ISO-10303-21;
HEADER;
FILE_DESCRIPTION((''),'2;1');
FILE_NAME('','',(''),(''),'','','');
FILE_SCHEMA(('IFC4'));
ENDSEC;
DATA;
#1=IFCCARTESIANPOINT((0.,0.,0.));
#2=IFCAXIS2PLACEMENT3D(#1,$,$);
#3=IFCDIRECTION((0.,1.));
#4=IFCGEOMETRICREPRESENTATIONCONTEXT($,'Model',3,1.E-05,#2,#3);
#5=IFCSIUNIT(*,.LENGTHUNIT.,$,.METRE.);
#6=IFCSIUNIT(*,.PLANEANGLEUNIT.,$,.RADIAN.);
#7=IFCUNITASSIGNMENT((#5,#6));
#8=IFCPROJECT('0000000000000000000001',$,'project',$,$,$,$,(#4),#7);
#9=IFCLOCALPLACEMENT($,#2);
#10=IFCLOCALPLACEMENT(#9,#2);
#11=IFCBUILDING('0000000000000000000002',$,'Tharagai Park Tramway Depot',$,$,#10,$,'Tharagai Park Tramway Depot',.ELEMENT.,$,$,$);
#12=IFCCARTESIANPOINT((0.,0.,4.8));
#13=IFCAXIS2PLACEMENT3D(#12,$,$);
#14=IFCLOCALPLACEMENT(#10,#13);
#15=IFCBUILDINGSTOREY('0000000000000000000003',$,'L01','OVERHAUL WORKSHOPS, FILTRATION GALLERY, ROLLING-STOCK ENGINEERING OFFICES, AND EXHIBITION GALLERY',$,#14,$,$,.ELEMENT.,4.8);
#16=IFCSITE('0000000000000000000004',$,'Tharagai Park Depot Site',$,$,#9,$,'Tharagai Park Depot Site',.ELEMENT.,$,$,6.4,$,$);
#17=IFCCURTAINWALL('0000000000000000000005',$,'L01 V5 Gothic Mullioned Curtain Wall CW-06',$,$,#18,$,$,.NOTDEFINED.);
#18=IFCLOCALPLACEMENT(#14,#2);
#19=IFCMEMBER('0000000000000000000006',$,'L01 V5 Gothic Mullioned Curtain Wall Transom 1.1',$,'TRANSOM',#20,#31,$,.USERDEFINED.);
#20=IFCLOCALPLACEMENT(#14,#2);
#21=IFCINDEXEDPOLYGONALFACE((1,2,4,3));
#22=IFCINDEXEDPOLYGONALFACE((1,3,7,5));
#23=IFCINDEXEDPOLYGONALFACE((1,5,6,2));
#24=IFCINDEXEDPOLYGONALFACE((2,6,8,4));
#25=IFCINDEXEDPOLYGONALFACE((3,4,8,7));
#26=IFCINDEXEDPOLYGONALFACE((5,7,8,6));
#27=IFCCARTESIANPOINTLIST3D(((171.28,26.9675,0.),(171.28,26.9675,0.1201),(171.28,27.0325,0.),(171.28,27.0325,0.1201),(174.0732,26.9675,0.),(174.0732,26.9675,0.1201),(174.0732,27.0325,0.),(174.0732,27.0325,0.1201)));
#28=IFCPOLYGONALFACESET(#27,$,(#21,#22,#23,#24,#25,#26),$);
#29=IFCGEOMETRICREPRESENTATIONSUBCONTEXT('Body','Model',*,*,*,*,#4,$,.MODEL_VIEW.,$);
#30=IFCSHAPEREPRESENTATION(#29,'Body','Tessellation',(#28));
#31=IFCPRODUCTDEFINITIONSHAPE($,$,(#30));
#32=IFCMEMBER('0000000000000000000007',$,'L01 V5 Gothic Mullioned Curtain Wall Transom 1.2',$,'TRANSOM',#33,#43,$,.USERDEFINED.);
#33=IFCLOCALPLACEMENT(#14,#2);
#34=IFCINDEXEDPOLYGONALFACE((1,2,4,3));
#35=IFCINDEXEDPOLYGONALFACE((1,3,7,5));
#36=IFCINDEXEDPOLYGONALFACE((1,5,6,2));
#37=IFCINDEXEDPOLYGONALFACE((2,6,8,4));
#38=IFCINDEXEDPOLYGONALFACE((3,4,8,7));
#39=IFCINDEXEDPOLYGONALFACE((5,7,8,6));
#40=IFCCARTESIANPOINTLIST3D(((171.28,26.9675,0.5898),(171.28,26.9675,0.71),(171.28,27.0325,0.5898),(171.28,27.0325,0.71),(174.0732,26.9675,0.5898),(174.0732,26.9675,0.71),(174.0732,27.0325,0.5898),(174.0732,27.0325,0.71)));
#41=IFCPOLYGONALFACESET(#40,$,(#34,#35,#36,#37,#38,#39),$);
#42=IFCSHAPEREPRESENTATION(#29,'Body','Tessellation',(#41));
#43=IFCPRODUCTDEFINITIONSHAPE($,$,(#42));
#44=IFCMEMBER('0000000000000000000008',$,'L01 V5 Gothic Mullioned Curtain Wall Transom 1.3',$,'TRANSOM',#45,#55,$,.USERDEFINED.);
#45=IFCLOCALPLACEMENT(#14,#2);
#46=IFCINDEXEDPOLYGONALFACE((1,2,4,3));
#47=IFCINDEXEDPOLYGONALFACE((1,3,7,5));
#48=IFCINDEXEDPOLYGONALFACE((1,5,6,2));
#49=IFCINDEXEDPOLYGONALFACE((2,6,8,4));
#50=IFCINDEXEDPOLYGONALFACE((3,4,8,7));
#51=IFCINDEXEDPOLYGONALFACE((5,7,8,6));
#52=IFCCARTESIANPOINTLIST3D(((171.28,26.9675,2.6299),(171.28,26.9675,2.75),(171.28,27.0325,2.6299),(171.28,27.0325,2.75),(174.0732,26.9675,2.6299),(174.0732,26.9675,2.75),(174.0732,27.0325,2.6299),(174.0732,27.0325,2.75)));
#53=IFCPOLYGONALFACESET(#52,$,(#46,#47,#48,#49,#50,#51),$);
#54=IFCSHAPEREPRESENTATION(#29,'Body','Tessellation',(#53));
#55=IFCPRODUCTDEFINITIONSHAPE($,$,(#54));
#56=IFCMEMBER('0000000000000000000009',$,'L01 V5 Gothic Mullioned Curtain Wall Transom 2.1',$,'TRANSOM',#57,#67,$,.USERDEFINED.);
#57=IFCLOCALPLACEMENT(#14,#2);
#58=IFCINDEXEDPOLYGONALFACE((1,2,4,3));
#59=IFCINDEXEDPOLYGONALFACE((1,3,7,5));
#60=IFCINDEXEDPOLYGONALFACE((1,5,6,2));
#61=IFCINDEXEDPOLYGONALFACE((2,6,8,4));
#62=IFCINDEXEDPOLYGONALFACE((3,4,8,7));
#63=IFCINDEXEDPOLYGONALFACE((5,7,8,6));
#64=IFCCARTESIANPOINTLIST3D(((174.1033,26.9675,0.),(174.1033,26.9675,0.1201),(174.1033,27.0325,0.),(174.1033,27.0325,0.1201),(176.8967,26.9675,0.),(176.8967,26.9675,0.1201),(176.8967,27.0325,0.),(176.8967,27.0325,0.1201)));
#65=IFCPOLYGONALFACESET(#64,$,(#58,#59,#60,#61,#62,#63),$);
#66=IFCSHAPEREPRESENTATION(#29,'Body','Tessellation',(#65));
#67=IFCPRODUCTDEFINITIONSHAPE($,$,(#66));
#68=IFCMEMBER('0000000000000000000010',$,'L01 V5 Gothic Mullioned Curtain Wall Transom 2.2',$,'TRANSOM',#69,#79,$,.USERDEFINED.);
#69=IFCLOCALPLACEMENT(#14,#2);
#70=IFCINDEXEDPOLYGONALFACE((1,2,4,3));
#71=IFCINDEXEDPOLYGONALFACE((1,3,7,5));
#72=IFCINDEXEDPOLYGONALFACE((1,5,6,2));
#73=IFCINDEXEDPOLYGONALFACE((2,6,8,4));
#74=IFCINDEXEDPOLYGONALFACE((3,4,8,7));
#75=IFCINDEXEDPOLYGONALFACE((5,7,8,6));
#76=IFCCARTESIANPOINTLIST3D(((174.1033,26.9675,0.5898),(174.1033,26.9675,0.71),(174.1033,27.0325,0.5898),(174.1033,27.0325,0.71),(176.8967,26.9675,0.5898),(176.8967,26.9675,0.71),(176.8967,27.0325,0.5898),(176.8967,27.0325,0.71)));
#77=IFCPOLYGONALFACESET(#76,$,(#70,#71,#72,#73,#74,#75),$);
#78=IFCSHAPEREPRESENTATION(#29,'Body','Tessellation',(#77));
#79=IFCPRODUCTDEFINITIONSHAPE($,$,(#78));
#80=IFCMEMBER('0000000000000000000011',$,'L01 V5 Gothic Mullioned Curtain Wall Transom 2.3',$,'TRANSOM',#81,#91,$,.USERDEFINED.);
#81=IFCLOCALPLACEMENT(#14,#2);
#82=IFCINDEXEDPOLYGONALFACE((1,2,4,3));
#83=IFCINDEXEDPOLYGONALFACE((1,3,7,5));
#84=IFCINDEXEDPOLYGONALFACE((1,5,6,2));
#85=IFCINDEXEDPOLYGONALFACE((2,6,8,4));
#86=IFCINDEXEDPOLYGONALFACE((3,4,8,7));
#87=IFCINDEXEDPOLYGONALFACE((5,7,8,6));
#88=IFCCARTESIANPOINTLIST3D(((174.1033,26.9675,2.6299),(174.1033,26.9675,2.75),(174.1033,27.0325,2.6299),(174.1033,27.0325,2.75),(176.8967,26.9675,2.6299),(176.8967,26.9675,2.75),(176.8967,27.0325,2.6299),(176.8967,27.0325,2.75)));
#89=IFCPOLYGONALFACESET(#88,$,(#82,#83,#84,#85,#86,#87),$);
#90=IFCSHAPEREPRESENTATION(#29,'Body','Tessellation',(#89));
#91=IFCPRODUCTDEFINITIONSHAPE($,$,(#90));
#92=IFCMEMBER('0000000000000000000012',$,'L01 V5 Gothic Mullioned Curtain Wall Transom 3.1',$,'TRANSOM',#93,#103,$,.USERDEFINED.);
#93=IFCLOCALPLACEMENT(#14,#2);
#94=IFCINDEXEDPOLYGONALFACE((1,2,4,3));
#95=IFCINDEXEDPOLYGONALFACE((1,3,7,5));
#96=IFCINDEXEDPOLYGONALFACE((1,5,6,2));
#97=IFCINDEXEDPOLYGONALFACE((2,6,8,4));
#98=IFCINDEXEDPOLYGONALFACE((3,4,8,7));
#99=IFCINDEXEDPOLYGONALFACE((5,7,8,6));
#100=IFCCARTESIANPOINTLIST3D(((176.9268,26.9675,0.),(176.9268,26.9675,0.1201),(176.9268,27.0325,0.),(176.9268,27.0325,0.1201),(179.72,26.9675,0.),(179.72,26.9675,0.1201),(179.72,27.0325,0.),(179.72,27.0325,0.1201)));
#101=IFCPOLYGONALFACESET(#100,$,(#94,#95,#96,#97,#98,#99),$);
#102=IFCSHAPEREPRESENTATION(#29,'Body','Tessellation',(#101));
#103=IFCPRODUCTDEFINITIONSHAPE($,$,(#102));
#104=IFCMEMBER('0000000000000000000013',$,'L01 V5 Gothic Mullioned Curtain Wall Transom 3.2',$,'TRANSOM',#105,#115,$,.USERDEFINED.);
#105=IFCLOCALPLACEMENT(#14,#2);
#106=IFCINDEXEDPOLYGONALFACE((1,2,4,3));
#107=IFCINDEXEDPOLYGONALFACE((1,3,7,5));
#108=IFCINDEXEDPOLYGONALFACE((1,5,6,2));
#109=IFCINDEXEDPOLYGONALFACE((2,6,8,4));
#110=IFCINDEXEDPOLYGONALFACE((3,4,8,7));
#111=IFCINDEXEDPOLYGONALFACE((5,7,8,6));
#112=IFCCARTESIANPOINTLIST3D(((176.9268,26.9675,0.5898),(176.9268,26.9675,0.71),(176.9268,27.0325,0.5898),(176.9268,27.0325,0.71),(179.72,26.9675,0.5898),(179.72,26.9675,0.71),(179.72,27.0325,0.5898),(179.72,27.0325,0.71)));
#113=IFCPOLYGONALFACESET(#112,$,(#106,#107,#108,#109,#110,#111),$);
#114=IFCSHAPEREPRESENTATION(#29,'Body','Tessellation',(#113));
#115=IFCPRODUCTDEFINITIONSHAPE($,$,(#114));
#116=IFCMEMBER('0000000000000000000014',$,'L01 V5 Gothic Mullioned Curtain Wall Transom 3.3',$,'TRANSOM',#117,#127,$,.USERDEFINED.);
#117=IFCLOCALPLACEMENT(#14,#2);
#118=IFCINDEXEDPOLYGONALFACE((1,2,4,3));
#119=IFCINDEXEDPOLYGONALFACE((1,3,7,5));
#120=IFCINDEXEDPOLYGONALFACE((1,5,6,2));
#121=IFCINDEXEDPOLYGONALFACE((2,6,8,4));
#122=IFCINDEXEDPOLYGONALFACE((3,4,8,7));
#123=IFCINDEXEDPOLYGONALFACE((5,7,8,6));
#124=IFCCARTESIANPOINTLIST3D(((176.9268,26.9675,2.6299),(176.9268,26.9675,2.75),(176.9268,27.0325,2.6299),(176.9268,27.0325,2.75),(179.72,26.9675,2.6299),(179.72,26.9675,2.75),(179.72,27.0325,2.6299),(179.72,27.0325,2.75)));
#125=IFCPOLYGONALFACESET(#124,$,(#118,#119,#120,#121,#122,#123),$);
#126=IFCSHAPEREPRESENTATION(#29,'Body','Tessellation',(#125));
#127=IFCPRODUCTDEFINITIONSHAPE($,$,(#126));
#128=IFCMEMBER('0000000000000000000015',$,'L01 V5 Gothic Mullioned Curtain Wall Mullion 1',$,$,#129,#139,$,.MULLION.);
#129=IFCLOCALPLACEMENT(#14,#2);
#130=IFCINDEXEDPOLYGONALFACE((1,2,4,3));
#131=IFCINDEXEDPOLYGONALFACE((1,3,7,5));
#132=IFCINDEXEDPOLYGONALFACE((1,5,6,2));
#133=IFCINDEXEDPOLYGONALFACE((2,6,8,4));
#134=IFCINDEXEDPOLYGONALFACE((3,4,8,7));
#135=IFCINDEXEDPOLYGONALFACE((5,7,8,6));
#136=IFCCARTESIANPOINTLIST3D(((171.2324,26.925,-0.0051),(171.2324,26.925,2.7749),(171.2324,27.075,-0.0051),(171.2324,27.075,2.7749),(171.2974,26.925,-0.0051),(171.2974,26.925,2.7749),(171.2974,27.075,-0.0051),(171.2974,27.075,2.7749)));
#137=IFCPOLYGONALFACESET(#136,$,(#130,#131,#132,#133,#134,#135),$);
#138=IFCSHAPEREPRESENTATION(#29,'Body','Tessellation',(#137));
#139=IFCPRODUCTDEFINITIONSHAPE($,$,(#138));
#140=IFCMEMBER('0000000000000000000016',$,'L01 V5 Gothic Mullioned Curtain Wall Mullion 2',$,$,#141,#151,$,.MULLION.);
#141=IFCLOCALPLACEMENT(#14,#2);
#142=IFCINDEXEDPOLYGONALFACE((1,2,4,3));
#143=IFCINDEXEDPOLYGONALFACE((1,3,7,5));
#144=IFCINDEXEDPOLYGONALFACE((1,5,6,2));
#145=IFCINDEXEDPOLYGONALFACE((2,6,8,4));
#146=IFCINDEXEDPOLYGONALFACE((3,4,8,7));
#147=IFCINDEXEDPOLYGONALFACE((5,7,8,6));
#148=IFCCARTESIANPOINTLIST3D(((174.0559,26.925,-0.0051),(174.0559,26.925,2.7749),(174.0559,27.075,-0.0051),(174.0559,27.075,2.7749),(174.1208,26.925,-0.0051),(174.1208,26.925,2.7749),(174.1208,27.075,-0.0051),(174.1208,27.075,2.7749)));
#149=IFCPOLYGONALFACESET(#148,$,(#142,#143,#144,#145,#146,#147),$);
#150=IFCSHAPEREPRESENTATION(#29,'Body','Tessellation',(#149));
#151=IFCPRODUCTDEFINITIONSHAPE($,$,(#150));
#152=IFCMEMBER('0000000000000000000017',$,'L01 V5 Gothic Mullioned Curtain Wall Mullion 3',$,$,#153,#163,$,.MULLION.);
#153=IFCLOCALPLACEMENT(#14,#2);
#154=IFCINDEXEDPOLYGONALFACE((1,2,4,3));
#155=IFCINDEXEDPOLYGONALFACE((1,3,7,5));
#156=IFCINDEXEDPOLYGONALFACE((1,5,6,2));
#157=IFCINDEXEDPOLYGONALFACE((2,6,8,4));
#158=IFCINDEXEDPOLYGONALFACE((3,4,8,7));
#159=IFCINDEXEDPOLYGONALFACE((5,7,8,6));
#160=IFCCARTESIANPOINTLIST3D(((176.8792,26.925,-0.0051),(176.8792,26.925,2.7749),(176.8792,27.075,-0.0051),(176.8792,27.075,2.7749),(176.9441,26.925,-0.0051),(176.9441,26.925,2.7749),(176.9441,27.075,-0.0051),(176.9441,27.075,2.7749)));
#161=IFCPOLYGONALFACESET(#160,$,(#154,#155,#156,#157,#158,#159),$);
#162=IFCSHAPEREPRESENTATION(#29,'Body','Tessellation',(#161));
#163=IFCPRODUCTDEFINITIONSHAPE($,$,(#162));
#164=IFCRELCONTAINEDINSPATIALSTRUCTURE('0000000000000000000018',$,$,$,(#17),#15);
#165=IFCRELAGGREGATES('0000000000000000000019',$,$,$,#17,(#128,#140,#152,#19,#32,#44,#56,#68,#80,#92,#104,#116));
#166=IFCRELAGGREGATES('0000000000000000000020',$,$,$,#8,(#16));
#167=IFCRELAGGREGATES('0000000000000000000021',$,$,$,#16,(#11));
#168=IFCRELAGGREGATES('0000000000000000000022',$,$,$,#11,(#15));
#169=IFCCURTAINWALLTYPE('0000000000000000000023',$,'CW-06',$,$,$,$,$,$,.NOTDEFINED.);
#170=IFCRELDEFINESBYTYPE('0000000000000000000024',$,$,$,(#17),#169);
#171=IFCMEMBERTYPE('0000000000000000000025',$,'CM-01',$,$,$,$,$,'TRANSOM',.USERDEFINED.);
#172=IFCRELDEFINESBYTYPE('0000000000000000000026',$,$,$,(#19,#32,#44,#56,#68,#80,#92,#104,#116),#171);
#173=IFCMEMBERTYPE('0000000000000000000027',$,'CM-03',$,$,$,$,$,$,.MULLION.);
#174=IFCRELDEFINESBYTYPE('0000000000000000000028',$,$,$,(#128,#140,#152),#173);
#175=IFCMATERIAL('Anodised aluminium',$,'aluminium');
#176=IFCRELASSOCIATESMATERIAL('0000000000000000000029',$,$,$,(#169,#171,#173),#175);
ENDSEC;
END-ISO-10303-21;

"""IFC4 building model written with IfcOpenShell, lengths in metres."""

from ifc_helpers import new_model, si_unit, direction, frame, origin, origin_2d, place, context, subcontext, project, spatial, rectangle, extrude, material, material_profile, profile_set, type_object, element, aggregate, save


model = new_model("IFC4")

# Units and contexts
model_context = context("Model", 3, precision=1e-05, world=origin(), true_north=direction((0.0, 1.0)))
body_context = subcontext(model_context, "Body", "Model", "MODEL_VIEW")
ifc_project = project(units=[si_unit("LENGTHUNIT", "METRE"), si_unit("PLANEANGLEUNIT", "RADIAN")], contexts=[model_context])

# Site, building, storey
site_placement = place(None, origin())
site = spatial("IfcSite", under=ifc_project, at=site_placement, Name="Tharagai Park Depot Site", LongName="Tharagai Park Depot Site", CompositionType="ELEMENT", RefElevation=6.4)
building_placement = place(site_placement, origin())
building = spatial("IfcBuilding", under=site, at=building_placement, Name="Tharagai Park Tramway Depot", LongName="Tharagai Park Tramway Depot", CompositionType="ELEMENT")
storey_placement = place(building_placement, frame((0.0, 0.0, 4.8)))
storey = spatial("IfcBuildingStorey", under=building, at=storey_placement, Name="L01", Description="OVERHAUL WORKSHOPS, FILTRATION GALLERY, ROLLING-STOCK ENGINEERING OFFICES, AND EXHIBITION GALLERY", CompositionType="ELEMENT", Elevation=4.8)

# Curtain wall, members
ifc_material_1 = material(Name="Anodised aluminium", Category="aluminium")
curtain_wall_type = type_object("IfcCurtainWallType", Name="CW-06", PredefinedType="NOTDEFINED", material=ifc_material_1)
curtain_wall_placement = place(storey_placement, origin())
curtain_wall = element("IfcCurtainWall", 1, at=curtain_wall_placement, inside=storey, type_object=curtain_wall_type, Name="L01 V5 Gothic Mullioned Curtain Wall CW-06", PredefinedType="NOTDEFINED")
ifc_material_profile_1 = material_profile(ifc_material_1, rectangle(XDim=0.0649, YDim=0.1201, at=origin_2d()), Name="ALU 65x120")
ifc_profile_set_1 = profile_set([ifc_material_profile_1], Name="Anodised aluminium")
member_type_1 = type_object("IfcMemberType", Name="CM-01", ElementType="TRANSOM", PredefinedType="USERDEFINED", material=ifc_profile_set_1)
member_1_placement = place(storey_placement, frame((171.28, 27.0, 0.0601), z_axis=(1.0, 0.0, 0.0), x_axis=(0.0, 1.0, 0.0)))
member_1 = element("IfcMember", 2, at=member_1_placement, type_object=member_type_1, Name="L01 V5 Gothic Mullioned Curtain Wall Transom 1.1", ObjectType="TRANSOM", PredefinedType="USERDEFINED", context=body_context, shape_type="SweptSolid", body=[
    extrude(rectangle(XDim=0.0649, YDim=0.1201, at=origin_2d()), origin(), (0.0, 0.0, 1.0), 2.7932),
])
member_2_placement = place(storey_placement, frame((171.28, 27.0, 0.6499), z_axis=(1.0, 0.0, 0.0), x_axis=(0.0, 1.0, 0.0)))
member_2 = element("IfcMember", 3, at=member_2_placement, type_object=member_type_1, Name="L01 V5 Gothic Mullioned Curtain Wall Transom 1.2", ObjectType="TRANSOM", PredefinedType="USERDEFINED", context=body_context, shape_type="SweptSolid", body=[
    extrude(rectangle(XDim=0.0649, YDim=0.1201, at=origin_2d()), origin(), (0.0, 0.0, 1.0), 2.7932),
])
member_3_placement = place(storey_placement, frame((171.28, 27.0, 2.6899), z_axis=(1.0, 0.0, 0.0), x_axis=(0.0, 1.0, 0.0)))
member_3 = element("IfcMember", 4, at=member_3_placement, type_object=member_type_1, Name="L01 V5 Gothic Mullioned Curtain Wall Transom 1.3", ObjectType="TRANSOM", PredefinedType="USERDEFINED", context=body_context, shape_type="SweptSolid", body=[
    extrude(rectangle(XDim=0.0649, YDim=0.1201, at=origin_2d()), origin(), (0.0, 0.0, 1.0), 2.7932),
])
member_4_placement = place(storey_placement, frame((174.1033, 27.0, 0.0601), z_axis=(1.0, 0.0, 0.0), x_axis=(0.0, 1.0, 0.0)))
member_4 = element("IfcMember", 5, at=member_4_placement, type_object=member_type_1, Name="L01 V5 Gothic Mullioned Curtain Wall Transom 2.1", ObjectType="TRANSOM", PredefinedType="USERDEFINED", context=body_context, shape_type="SweptSolid", body=[
    extrude(rectangle(XDim=0.0649, YDim=0.1201, at=origin_2d()), origin(), (0.0, 0.0, 1.0), 2.7935),
])
member_5_placement = place(storey_placement, frame((174.1033, 27.0, 0.6499), z_axis=(1.0, 0.0, 0.0), x_axis=(0.0, 1.0, 0.0)))
member_5 = element("IfcMember", 6, at=member_5_placement, type_object=member_type_1, Name="L01 V5 Gothic Mullioned Curtain Wall Transom 2.2", ObjectType="TRANSOM", PredefinedType="USERDEFINED", context=body_context, shape_type="SweptSolid", body=[
    extrude(rectangle(XDim=0.0649, YDim=0.1201, at=origin_2d()), origin(), (0.0, 0.0, 1.0), 2.7935),
])
member_6_placement = place(storey_placement, frame((174.1033, 27.0, 2.6899), z_axis=(1.0, 0.0, 0.0), x_axis=(0.0, 1.0, 0.0)))
member_6 = element("IfcMember", 7, at=member_6_placement, type_object=member_type_1, Name="L01 V5 Gothic Mullioned Curtain Wall Transom 2.3", ObjectType="TRANSOM", PredefinedType="USERDEFINED", context=body_context, shape_type="SweptSolid", body=[
    extrude(rectangle(XDim=0.0649, YDim=0.1201, at=origin_2d()), origin(), (0.0, 0.0, 1.0), 2.7935),
])
member_7_placement = place(storey_placement, frame((176.9268, 27.0, 0.0601), z_axis=(1.0, 0.0, 0.0), x_axis=(0.0, 1.0, 0.0)))
member_7 = element("IfcMember", 8, at=member_7_placement, type_object=member_type_1, Name="L01 V5 Gothic Mullioned Curtain Wall Transom 3.1", ObjectType="TRANSOM", PredefinedType="USERDEFINED", context=body_context, shape_type="SweptSolid", body=[
    extrude(rectangle(XDim=0.0649, YDim=0.1201, at=origin_2d()), origin(), (0.0, 0.0, 1.0), 2.7932),
])
member_8_placement = place(storey_placement, frame((176.9268, 27.0, 0.6499), z_axis=(1.0, 0.0, 0.0), x_axis=(0.0, 1.0, 0.0)))
member_8 = element("IfcMember", 9, at=member_8_placement, type_object=member_type_1, Name="L01 V5 Gothic Mullioned Curtain Wall Transom 3.2", ObjectType="TRANSOM", PredefinedType="USERDEFINED", context=body_context, shape_type="SweptSolid", body=[
    extrude(rectangle(XDim=0.0649, YDim=0.1201, at=origin_2d()), origin(), (0.0, 0.0, 1.0), 2.7932),
])
member_9_placement = place(storey_placement, frame((176.9268, 27.0, 2.6899), z_axis=(1.0, 0.0, 0.0), x_axis=(0.0, 1.0, 0.0)))
member_9 = element("IfcMember", 10, at=member_9_placement, type_object=member_type_1, Name="L01 V5 Gothic Mullioned Curtain Wall Transom 3.3", ObjectType="TRANSOM", PredefinedType="USERDEFINED", context=body_context, shape_type="SweptSolid", body=[
    extrude(rectangle(XDim=0.0649, YDim=0.1201, at=origin_2d()), origin(), (0.0, 0.0, 1.0), 2.7932),
])
ifc_material_profile_2 = material_profile(ifc_material_1, rectangle(XDim=0.0649, YDim=0.1499, at=origin_2d()), Name="ALU 65x150")
ifc_profile_set_2 = profile_set([ifc_material_profile_2], Name="Anodised aluminium")
member_type_2 = type_object("IfcMemberType", Name="CM-03", PredefinedType="MULLION", material=ifc_profile_set_2)
member_10_placement = place(storey_placement, frame((171.2649, 27.0, -0.0051), z_axis=(0.0, 0.0, 1.0), x_axis=(1.0, 0.0, 0.0)))
member_10 = element("IfcMember", 11, at=member_10_placement, type_object=member_type_2, Name="L01 V5 Gothic Mullioned Curtain Wall Mullion 1", PredefinedType="MULLION", context=body_context, shape_type="SweptSolid", body=[
    extrude(rectangle(XDim=0.0649, YDim=0.1499, at=origin_2d()), origin(), (0.0, 0.0, 1.0), 2.78),
])
member_11_placement = place(storey_placement, frame((174.0884, 27.0, -0.0051), z_axis=(0.0, 0.0, 1.0), x_axis=(1.0, 0.0, 0.0)))
member_11 = element("IfcMember", 12, at=member_11_placement, type_object=member_type_2, Name="L01 V5 Gothic Mullioned Curtain Wall Mullion 2", PredefinedType="MULLION", context=body_context, shape_type="SweptSolid", body=[
    extrude(rectangle(XDim=0.0649, YDim=0.1499, at=origin_2d()), origin(), (0.0, 0.0, 1.0), 2.78),
])
member_12_placement = place(storey_placement, frame((176.9116, 27.0, -0.0051), z_axis=(0.0, 0.0, 1.0), x_axis=(1.0, 0.0, 0.0)))
member_12 = element("IfcMember", 13, at=member_12_placement, type_object=member_type_2, Name="L01 V5 Gothic Mullioned Curtain Wall Mullion 3", PredefinedType="MULLION", context=body_context, shape_type="SweptSolid", body=[
    extrude(rectangle(XDim=0.0649, YDim=0.1499, at=origin_2d()), origin(), (0.0, 0.0, 1.0), 2.78),
])

aggregate(curtain_wall, [member_10, member_11, member_12, member_1, member_2, member_3, member_4, member_5, member_6, member_7, member_8, member_9])

save(model, "model.ifc")
